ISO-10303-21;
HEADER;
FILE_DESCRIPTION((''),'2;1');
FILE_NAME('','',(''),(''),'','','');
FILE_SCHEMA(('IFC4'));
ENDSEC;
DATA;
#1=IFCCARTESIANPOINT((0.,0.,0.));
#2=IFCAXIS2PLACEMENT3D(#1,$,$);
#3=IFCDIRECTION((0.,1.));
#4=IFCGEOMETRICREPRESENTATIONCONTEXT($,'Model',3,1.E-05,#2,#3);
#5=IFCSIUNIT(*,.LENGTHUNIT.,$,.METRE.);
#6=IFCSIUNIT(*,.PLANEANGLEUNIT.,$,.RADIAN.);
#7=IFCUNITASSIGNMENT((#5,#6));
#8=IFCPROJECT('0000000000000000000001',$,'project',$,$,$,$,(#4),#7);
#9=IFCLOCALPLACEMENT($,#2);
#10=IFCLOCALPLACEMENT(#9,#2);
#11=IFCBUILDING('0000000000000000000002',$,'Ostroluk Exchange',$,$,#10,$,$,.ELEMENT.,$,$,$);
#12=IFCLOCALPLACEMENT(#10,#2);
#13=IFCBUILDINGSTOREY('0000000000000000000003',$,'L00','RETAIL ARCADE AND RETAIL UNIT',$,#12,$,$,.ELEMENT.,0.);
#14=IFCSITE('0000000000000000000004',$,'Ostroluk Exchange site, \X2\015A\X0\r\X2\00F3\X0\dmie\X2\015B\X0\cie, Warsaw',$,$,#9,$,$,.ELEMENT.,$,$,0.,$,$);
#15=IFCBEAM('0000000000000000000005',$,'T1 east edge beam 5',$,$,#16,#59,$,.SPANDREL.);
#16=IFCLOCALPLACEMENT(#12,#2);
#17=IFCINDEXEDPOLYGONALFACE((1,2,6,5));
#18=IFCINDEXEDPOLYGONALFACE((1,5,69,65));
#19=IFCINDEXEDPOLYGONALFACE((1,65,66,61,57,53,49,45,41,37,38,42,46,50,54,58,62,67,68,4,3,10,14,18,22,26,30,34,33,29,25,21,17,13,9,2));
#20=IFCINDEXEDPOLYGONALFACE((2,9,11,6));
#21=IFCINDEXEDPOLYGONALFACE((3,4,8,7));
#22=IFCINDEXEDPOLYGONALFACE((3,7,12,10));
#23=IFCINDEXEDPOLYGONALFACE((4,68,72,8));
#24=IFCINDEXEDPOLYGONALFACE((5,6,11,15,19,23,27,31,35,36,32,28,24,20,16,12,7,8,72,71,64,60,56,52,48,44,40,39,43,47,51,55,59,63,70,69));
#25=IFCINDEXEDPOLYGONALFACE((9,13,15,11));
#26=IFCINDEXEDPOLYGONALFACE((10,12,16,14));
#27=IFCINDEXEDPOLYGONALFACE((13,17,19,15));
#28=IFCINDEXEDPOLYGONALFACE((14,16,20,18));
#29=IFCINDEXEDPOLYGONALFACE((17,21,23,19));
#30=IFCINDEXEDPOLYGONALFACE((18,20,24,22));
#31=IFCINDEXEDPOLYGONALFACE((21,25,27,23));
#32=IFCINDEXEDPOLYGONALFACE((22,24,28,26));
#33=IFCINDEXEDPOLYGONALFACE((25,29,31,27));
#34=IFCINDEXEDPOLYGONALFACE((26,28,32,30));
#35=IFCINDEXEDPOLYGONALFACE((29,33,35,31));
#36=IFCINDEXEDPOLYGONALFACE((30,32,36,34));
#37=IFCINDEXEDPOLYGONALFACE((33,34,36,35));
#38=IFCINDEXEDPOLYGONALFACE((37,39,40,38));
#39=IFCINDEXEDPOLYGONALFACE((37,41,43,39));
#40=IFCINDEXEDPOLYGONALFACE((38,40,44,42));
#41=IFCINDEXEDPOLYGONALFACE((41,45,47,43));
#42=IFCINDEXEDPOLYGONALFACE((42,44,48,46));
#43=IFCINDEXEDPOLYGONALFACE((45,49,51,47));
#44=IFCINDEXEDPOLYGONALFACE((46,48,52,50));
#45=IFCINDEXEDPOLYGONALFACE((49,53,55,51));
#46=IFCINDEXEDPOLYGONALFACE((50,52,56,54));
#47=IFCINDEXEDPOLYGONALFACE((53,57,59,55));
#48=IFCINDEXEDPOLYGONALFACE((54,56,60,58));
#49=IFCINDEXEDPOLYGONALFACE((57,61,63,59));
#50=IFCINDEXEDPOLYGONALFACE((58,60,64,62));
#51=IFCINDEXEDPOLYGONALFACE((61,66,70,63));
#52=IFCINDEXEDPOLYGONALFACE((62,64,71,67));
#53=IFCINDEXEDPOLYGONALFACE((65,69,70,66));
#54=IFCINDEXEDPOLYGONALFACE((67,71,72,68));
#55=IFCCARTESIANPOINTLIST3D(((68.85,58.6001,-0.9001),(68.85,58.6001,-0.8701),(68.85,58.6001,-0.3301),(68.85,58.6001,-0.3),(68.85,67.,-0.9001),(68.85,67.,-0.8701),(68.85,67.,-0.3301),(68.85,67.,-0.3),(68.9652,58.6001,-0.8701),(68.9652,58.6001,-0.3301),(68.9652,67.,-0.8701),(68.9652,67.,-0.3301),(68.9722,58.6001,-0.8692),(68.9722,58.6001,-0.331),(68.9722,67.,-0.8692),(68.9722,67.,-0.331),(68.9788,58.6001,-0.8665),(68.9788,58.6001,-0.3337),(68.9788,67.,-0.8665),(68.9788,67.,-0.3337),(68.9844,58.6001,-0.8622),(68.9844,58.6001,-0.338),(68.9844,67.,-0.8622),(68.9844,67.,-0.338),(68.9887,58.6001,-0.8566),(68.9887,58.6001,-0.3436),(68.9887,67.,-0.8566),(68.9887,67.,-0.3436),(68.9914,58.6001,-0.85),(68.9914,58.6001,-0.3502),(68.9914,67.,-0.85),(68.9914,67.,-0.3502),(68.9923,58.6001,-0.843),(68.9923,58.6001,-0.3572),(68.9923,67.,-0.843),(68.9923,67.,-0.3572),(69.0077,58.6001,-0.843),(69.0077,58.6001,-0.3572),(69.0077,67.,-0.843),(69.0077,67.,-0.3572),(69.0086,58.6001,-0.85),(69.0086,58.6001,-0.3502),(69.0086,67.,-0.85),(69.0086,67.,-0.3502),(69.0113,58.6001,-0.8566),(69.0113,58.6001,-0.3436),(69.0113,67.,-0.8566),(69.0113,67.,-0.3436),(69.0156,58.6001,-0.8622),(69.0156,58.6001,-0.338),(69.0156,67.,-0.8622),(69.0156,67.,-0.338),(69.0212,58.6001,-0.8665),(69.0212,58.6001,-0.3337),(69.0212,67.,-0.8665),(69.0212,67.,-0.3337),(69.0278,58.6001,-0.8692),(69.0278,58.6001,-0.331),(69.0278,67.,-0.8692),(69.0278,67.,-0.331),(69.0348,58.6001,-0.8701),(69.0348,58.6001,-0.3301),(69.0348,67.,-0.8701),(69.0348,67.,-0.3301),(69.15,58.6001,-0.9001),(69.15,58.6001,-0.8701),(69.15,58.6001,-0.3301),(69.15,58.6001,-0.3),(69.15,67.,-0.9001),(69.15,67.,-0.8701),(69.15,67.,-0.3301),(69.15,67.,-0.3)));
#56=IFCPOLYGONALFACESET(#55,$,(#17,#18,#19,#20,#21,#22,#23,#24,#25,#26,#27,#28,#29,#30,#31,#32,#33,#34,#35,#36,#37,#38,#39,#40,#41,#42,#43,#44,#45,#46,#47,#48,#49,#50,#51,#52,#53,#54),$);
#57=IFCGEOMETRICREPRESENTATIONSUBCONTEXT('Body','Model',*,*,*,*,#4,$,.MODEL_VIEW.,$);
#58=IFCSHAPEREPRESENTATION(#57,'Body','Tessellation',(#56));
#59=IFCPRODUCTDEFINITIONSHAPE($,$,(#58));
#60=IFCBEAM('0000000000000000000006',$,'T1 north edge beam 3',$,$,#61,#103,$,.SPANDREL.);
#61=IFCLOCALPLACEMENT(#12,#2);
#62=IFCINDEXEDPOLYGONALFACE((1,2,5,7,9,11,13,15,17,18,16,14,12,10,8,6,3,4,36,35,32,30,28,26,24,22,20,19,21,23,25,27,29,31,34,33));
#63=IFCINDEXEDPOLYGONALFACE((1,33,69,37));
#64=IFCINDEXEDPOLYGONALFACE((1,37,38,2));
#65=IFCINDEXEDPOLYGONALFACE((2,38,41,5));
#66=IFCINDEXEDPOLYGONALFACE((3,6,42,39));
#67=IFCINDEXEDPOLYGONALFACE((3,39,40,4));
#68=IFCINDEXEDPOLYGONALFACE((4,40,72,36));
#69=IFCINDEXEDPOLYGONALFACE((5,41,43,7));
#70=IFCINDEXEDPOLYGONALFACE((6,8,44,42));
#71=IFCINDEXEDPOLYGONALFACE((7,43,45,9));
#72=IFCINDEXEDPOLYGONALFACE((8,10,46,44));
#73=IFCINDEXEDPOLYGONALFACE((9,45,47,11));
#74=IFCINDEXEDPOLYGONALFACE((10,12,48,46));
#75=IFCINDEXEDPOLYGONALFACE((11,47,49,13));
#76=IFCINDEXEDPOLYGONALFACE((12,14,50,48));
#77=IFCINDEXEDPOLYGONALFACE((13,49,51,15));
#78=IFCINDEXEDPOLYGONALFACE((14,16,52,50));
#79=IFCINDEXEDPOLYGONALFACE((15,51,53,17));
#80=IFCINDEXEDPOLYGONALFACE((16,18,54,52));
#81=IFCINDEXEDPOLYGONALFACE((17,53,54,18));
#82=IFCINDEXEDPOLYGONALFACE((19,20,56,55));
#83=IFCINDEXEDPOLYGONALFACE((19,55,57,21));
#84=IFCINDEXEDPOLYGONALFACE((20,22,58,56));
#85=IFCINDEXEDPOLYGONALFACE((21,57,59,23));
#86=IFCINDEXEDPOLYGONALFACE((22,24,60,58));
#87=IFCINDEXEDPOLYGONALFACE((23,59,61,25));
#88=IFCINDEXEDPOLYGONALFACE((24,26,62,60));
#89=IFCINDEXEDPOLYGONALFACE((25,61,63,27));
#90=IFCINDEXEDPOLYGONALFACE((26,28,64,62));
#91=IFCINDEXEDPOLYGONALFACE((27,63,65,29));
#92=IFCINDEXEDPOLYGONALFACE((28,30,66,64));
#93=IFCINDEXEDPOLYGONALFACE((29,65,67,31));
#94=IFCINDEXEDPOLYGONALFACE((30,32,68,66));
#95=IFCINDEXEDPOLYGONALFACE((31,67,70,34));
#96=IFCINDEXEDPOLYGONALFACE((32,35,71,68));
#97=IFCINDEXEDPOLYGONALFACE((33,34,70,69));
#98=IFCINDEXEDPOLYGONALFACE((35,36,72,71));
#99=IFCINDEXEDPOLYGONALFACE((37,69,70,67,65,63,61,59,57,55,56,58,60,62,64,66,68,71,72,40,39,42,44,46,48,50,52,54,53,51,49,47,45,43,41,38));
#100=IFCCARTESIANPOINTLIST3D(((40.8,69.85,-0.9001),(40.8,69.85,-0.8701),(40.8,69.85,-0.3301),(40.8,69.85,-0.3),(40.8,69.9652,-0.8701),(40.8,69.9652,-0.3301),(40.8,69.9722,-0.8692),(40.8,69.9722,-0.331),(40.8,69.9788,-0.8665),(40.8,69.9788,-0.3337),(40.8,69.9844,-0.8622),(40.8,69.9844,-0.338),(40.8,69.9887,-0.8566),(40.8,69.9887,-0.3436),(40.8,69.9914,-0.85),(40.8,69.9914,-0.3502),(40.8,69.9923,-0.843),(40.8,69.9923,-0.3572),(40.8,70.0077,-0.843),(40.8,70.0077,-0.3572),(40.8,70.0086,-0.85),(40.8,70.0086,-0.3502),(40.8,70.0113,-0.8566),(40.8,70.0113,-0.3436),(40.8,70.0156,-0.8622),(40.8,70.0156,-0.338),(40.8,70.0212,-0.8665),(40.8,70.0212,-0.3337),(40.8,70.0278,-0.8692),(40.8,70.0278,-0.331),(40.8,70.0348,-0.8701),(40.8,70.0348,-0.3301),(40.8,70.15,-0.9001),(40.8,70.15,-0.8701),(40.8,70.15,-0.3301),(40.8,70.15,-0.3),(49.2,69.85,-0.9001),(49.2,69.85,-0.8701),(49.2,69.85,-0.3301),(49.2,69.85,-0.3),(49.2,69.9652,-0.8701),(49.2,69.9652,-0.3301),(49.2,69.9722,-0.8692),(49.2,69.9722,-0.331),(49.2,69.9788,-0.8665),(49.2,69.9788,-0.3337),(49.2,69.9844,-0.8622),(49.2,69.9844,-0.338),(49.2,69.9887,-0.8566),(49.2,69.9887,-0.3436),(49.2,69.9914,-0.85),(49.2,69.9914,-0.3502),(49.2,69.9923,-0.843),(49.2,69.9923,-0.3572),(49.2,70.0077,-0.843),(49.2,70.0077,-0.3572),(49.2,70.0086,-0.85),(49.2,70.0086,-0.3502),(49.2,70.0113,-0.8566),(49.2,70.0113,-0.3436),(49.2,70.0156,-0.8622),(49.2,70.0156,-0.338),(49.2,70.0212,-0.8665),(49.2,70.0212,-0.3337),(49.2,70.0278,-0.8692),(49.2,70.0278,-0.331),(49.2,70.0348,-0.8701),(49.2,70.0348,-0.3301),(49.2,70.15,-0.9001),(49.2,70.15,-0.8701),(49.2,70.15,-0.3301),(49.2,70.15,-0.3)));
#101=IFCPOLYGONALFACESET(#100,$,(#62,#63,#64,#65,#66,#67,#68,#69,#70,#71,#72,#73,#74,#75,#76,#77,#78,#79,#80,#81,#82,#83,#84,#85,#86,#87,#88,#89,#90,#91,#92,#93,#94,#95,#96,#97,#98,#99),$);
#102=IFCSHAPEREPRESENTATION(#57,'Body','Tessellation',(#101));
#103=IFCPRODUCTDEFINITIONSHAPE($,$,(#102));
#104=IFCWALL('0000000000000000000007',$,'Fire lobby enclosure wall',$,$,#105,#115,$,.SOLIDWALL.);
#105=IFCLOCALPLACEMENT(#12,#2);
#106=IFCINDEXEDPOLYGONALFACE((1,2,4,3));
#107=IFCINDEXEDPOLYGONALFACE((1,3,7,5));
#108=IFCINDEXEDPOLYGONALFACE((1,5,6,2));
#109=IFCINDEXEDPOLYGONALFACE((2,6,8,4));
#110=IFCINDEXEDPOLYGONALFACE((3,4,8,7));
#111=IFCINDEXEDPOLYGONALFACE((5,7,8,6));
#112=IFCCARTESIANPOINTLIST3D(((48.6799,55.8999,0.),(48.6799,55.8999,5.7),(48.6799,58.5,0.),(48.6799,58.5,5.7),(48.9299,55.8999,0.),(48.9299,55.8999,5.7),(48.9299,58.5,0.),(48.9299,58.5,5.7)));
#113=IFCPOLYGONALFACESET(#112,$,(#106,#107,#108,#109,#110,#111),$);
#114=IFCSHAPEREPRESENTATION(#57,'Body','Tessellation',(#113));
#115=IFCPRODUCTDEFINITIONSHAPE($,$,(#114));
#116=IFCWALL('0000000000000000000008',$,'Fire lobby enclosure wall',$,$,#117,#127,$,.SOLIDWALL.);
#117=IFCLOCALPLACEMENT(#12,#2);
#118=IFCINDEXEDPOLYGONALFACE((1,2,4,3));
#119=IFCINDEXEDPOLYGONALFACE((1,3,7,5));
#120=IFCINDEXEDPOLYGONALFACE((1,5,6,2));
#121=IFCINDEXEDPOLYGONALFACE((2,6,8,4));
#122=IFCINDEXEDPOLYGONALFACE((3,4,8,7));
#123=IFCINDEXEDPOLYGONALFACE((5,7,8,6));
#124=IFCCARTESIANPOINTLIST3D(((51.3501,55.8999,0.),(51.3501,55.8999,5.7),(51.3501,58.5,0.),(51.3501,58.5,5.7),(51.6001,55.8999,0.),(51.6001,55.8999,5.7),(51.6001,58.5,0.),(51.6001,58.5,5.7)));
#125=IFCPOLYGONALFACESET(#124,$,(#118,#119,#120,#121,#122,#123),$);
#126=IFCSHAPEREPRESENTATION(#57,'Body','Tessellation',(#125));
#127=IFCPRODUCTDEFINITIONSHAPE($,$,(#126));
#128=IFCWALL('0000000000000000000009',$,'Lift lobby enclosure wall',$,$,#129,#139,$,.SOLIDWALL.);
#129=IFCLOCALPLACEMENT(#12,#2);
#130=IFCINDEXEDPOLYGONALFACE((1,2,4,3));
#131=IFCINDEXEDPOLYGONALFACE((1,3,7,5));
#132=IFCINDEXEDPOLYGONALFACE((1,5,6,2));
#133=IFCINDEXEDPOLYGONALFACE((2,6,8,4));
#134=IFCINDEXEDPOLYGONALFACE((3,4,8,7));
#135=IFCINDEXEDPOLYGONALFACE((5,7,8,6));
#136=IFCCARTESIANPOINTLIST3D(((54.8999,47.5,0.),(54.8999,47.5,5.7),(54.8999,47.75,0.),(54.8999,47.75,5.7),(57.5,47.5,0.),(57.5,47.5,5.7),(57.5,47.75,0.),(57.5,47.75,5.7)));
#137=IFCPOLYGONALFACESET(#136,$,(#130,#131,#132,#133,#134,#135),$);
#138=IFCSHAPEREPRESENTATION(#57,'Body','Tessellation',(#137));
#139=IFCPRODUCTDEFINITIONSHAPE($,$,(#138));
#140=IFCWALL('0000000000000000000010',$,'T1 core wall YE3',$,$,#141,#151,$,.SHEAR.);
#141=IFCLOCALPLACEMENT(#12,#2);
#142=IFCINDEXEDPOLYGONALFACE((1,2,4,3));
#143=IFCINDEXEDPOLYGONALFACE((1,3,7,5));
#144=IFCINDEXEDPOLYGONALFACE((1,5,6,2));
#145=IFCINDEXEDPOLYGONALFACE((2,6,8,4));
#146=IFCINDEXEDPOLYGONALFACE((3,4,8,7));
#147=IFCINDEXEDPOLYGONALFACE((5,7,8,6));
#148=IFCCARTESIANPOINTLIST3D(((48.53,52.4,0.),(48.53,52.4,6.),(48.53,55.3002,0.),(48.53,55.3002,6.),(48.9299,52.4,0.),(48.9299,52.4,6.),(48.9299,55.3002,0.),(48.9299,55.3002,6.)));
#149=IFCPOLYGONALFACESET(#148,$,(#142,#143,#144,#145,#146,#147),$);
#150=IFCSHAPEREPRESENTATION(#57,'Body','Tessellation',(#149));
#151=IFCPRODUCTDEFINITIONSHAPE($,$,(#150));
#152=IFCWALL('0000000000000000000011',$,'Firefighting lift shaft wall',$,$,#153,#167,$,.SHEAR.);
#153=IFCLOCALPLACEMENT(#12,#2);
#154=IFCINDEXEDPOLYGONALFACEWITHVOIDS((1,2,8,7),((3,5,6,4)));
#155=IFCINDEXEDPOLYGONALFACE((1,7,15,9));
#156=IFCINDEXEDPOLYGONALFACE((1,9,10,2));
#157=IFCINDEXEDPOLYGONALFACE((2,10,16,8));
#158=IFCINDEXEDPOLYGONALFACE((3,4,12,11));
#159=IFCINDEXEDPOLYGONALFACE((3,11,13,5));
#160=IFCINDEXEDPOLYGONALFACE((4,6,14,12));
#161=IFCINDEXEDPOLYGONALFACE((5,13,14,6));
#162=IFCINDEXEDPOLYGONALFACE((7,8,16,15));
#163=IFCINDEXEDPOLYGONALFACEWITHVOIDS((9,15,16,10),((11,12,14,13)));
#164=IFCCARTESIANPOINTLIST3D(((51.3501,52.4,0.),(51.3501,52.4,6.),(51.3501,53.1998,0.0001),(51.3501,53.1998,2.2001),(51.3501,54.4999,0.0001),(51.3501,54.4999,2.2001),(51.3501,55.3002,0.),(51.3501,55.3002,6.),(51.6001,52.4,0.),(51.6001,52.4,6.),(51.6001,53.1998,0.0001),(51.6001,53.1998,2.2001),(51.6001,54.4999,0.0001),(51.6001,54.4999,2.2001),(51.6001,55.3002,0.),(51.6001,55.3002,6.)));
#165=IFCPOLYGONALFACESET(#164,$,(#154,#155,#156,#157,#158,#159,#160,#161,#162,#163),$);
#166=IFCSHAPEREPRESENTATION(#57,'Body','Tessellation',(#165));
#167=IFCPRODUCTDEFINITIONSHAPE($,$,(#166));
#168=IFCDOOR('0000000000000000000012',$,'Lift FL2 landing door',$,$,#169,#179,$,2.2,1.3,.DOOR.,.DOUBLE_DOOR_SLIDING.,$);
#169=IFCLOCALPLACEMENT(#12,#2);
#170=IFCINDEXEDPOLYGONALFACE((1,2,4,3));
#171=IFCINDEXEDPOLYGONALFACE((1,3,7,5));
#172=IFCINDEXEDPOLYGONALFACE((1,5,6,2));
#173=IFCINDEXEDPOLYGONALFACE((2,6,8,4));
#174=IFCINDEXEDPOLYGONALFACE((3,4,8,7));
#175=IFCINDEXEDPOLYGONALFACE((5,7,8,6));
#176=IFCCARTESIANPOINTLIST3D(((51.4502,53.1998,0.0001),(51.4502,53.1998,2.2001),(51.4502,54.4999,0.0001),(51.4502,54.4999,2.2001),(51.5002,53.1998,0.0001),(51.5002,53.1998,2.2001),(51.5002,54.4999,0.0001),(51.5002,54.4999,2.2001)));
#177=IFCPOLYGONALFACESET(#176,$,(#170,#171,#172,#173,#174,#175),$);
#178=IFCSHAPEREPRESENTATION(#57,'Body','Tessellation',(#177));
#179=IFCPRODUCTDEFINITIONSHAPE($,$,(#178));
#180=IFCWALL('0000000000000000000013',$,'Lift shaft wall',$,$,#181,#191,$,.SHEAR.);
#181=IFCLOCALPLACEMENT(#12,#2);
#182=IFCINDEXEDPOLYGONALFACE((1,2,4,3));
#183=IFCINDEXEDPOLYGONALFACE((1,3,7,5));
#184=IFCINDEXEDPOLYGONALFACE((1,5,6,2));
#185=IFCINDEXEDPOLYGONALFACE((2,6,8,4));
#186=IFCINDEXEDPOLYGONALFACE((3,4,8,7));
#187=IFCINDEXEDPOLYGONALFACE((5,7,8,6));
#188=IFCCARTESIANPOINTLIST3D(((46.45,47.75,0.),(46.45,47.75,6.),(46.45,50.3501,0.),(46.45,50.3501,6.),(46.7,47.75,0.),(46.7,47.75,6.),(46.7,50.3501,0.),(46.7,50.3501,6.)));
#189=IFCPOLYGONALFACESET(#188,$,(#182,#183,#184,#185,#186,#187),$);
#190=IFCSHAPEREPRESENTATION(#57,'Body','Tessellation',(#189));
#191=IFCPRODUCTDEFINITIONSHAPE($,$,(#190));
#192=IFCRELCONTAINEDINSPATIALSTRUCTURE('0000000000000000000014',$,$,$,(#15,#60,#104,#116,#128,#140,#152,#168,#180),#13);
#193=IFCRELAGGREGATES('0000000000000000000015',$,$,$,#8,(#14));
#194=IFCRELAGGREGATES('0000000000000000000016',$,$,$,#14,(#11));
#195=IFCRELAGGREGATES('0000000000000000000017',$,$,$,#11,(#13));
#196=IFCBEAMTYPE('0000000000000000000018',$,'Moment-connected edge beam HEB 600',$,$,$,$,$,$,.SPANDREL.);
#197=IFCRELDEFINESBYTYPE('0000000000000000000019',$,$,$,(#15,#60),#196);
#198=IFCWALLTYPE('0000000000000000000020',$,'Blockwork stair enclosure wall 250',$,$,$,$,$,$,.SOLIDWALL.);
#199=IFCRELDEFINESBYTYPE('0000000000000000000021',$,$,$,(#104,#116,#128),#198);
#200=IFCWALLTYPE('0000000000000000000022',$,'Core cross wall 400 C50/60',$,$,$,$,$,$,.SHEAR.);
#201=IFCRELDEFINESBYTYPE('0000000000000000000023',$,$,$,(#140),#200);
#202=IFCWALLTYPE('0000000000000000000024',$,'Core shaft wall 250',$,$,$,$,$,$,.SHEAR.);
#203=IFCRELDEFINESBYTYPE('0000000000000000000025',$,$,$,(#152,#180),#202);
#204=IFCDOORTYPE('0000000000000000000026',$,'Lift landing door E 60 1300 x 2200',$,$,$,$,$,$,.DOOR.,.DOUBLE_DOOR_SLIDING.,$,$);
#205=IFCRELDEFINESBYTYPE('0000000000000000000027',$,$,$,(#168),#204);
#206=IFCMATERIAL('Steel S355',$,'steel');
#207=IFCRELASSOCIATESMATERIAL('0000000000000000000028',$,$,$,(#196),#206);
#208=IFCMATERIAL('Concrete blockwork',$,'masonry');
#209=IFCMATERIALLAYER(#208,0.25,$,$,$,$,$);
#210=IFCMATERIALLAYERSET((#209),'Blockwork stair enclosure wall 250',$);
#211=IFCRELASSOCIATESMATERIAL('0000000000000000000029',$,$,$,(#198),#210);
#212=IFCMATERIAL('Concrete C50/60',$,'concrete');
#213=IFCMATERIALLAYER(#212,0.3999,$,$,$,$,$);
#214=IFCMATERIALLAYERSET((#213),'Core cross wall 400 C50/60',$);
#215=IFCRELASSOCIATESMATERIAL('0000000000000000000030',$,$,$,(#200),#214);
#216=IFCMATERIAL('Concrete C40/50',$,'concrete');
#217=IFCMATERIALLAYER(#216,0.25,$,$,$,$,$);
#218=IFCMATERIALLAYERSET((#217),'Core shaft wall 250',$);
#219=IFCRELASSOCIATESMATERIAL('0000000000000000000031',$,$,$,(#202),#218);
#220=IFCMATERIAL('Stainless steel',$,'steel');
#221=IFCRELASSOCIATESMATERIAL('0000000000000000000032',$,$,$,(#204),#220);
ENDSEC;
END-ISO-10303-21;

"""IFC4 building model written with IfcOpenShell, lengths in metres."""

from ifc_helpers import new_model, si_unit, direction, frame, frame_2d, origin, origin_2d, place, context, subcontext, project, spatial, rectangle, i_section, extrude, material, layer, layer_set, material_profile, profile_set, type_object, element, fill, save


model = new_model("IFC4")

# Units and contexts
model_context = context("Model", 3, precision=1e-05, world=origin(), true_north=direction((0.0, 1.0)))
body_context = subcontext(model_context, "Body", "Model", "MODEL_VIEW")
ifc_project = project(units=[si_unit("LENGTHUNIT", "METRE"), si_unit("PLANEANGLEUNIT", "RADIAN")], contexts=[model_context])

# Site, building, storey
site_placement = place(None, origin())
site = spatial("IfcSite", under=ifc_project, at=site_placement, Name="Ostroluk Exchange site, Śródmieście, Warsaw", CompositionType="ELEMENT", RefElevation=0.0)
building_placement = place(site_placement, origin())
building = spatial("IfcBuilding", under=site, at=building_placement, Name="Ostroluk Exchange", CompositionType="ELEMENT")
storey_placement = place(building_placement, origin())
storey = spatial("IfcBuildingStorey", under=building, at=storey_placement, Name="L00", Description="RETAIL ARCADE AND RETAIL UNIT", CompositionType="ELEMENT", Elevation=0.0)

# Beams
ifc_material_1 = material(Name="Steel S355", Category="steel")
ifc_material_profile_1 = material_profile(ifc_material_1, i_section(OverallWidth=0.3, OverallDepth=0.6001, WebThickness=0.0154, FlangeThickness=0.03, FilletRadius=0.0271, at=origin_2d()), Name="HEB 600")
ifc_profile_set_1 = profile_set([ifc_material_profile_1], Name="Steel S355")
beam_type_1 = type_object("IfcBeamType", Name="Moment-connected edge beam HEB 600", PredefinedType="SPANDREL", material=ifc_profile_set_1)
for number, where, z_axis, x_axis, name in (
    (1, (69.0, 58.6001, -0.6001), (0.0, 1.0, 0.0), (-1.0, 0.0, 0.0), "T1 east edge beam 5"),
    (2, (49.2, 70.0, -0.6001), (-1.0, 0.0, 0.0), (0.0, -1.0, 0.0), "T1 north edge beam 3"),
):
    element("IfcBeam", number, at=place(storey_placement, frame(where, z_axis=z_axis, x_axis=x_axis)), inside=storey, type_object=beam_type_1, Name=name, PredefinedType="SPANDREL", context=body_context, shape_type="SweptSolid", body=[
        extrude(i_section(OverallWidth=0.3, OverallDepth=0.6001, WebThickness=0.0154, FlangeThickness=0.03, FilletRadius=0.0271, at=origin_2d()), origin(), (0.0, 0.0, 1.0), 8.3999),
    ])

# Walls
ifc_material_2 = material(Name="Concrete blockwork", Category="masonry")
ifc_layer_1 = layer(ifc_material_2, 0.25)
ifc_layer_set_1 = layer_set([ifc_layer_1], Name="Blockwork stair enclosure wall 250")
wall_type_1 = type_object("IfcWallType", Name="Blockwork stair enclosure wall 250", PredefinedType="SOLIDWALL", material=ifc_layer_set_1)
for number, where, z_axis, x_axis, name in (
    (3, (48.8049, 55.8999, 0.0), (0.0, 0.0, 1.0), (0.0, 1.0, 0.0), "Fire lobby enclosure wall"),
    (4, (51.4751, 55.8999, 0.0), (0.0, 0.0, 1.0), (0.0, 1.0, 0.0), "Fire lobby enclosure wall"),
    (5, (54.8999, 47.625, 0.0), (0.0, 0.0, 1.0), (1.0, 0.0, 0.0), "Lift lobby enclosure wall"),
):
    element("IfcWall", number, at=place(storey_placement, frame(where, z_axis=z_axis, x_axis=x_axis)), inside=storey, type_object=wall_type_1, Name=name, PredefinedType="SOLIDWALL", context=body_context, shape_type="SweptSolid", body=[
        extrude(rectangle(XDim=2.6001, YDim=0.25, at=frame_2d((1.3, 0.0))), origin(), (0.0, 0.0, 1.0), 5.7),
    ])
ifc_material_3 = material(Name="Concrete C50/60", Category="concrete")
ifc_layer_2 = layer(ifc_material_3, 0.3999)
ifc_layer_set_2 = layer_set([ifc_layer_2], Name="Core cross wall 400 C50/60")
wall_type_2 = type_object("IfcWallType", Name="Core cross wall 400 C50/60", PredefinedType="SHEAR", material=ifc_layer_set_2)
wall_1_placement = place(storey_placement, frame((48.73, 52.3999, 0.0), z_axis=(0.0, 0.0, 1.0), x_axis=(0.0, 1.0, 0.0)))
element("IfcWall", 6, at=wall_1_placement, inside=storey, type_object=wall_type_2, Name="T1 core wall YE3", PredefinedType="SHEAR", context=body_context, shape_type="SweptSolid", body=[
    extrude(rectangle(XDim=2.9001, YDim=0.3999, at=frame_2d((1.4502, 0.0))), origin(), (0.0, 0.0, 1.0), 6.0),
])

# Wall, opening, door
ifc_material_4 = material(Name="Concrete C40/50", Category="concrete")
ifc_layer_3 = layer(ifc_material_4, 0.25)
ifc_layer_set_3 = layer_set([ifc_layer_3], Name="Core shaft wall 250")
wall_type_3 = type_object("IfcWallType", Name="Core shaft wall 250", PredefinedType="SHEAR", material=ifc_layer_set_3)
wall_2_placement = place(storey_placement, frame((51.4751, 52.3999, 0.0), z_axis=(0.0, 0.0, 1.0), x_axis=(0.0, 1.0, 0.0)))
wall_2 = element("IfcWall", 7, at=wall_2_placement, inside=storey, type_object=wall_type_3, Name="Firefighting lift shaft wall", PredefinedType="SHEAR", context=body_context, shape_type="SweptSolid", body=[
    extrude(rectangle(XDim=2.9001, YDim=0.25, at=frame_2d((1.4502, 0.0))), origin(), (0.0, 0.0, 1.0), 6.0),
])
opening_1_placement = place(wall_2_placement, frame((0.8, 0.0, 0.0)))
opening_1 = element("IfcOpeningElement", 8, at=opening_1_placement, cuts=wall_2, PredefinedType="OPENING", context=body_context, shape_type="SweptSolid", body=[
    extrude(rectangle(XDim=1.3, YDim=2.2, at=frame_2d((0.6499, 1.1001))), frame((0.0, 0.135, 0.0), z_axis=(0.0, -1.0, 0.0), x_axis=(1.0, 0.0, 0.0)), (0.0, 0.0, 1.0), 0.27),
])
ifc_material_5 = material(Name="Stainless steel", Category="steel")
door_type = type_object("IfcDoorType", Name="Lift landing door E 60 1300 x 2200", OperationType="DOUBLE_DOOR_SLIDING", PredefinedType="DOOR", material=ifc_material_5)
door_1_placement = place(opening_1_placement, origin())
door_1 = element("IfcDoor", 9, at=door_1_placement, inside=storey, type_object=door_type, Name="Lift FL2 landing door", OperationType="DOUBLE_DOOR_SLIDING", OverallHeight=2.2, OverallWidth=1.3, PredefinedType="DOOR", context=body_context, shape_type="SweptSolid", body=[
    extrude(rectangle(XDim=1.3, YDim=2.2, at=frame_2d((0.6499, 1.1001))), frame((0.0, 0.0249, 0.0), z_axis=(0.0, -1.0, 0.0), x_axis=(1.0, 0.0, 0.0)), (0.0, 0.0, 1.0), 0.05),
])
fill(opening_1, door_1)

# Wall
wall_3_placement = place(storey_placement, frame((46.575, 47.75, 0.0), z_axis=(0.0, 0.0, 1.0), x_axis=(0.0, 1.0, 0.0)))
element("IfcWall", 10, at=wall_3_placement, inside=storey, type_object=wall_type_3, Name="Lift shaft wall", PredefinedType="SHEAR", context=body_context, shape_type="SweptSolid", body=[
    extrude(rectangle(XDim=2.6001, YDim=0.25, at=frame_2d((1.3, 0.0))), origin(), (0.0, 0.0, 1.0), 6.0),
])

save(model, "model.ifc")
